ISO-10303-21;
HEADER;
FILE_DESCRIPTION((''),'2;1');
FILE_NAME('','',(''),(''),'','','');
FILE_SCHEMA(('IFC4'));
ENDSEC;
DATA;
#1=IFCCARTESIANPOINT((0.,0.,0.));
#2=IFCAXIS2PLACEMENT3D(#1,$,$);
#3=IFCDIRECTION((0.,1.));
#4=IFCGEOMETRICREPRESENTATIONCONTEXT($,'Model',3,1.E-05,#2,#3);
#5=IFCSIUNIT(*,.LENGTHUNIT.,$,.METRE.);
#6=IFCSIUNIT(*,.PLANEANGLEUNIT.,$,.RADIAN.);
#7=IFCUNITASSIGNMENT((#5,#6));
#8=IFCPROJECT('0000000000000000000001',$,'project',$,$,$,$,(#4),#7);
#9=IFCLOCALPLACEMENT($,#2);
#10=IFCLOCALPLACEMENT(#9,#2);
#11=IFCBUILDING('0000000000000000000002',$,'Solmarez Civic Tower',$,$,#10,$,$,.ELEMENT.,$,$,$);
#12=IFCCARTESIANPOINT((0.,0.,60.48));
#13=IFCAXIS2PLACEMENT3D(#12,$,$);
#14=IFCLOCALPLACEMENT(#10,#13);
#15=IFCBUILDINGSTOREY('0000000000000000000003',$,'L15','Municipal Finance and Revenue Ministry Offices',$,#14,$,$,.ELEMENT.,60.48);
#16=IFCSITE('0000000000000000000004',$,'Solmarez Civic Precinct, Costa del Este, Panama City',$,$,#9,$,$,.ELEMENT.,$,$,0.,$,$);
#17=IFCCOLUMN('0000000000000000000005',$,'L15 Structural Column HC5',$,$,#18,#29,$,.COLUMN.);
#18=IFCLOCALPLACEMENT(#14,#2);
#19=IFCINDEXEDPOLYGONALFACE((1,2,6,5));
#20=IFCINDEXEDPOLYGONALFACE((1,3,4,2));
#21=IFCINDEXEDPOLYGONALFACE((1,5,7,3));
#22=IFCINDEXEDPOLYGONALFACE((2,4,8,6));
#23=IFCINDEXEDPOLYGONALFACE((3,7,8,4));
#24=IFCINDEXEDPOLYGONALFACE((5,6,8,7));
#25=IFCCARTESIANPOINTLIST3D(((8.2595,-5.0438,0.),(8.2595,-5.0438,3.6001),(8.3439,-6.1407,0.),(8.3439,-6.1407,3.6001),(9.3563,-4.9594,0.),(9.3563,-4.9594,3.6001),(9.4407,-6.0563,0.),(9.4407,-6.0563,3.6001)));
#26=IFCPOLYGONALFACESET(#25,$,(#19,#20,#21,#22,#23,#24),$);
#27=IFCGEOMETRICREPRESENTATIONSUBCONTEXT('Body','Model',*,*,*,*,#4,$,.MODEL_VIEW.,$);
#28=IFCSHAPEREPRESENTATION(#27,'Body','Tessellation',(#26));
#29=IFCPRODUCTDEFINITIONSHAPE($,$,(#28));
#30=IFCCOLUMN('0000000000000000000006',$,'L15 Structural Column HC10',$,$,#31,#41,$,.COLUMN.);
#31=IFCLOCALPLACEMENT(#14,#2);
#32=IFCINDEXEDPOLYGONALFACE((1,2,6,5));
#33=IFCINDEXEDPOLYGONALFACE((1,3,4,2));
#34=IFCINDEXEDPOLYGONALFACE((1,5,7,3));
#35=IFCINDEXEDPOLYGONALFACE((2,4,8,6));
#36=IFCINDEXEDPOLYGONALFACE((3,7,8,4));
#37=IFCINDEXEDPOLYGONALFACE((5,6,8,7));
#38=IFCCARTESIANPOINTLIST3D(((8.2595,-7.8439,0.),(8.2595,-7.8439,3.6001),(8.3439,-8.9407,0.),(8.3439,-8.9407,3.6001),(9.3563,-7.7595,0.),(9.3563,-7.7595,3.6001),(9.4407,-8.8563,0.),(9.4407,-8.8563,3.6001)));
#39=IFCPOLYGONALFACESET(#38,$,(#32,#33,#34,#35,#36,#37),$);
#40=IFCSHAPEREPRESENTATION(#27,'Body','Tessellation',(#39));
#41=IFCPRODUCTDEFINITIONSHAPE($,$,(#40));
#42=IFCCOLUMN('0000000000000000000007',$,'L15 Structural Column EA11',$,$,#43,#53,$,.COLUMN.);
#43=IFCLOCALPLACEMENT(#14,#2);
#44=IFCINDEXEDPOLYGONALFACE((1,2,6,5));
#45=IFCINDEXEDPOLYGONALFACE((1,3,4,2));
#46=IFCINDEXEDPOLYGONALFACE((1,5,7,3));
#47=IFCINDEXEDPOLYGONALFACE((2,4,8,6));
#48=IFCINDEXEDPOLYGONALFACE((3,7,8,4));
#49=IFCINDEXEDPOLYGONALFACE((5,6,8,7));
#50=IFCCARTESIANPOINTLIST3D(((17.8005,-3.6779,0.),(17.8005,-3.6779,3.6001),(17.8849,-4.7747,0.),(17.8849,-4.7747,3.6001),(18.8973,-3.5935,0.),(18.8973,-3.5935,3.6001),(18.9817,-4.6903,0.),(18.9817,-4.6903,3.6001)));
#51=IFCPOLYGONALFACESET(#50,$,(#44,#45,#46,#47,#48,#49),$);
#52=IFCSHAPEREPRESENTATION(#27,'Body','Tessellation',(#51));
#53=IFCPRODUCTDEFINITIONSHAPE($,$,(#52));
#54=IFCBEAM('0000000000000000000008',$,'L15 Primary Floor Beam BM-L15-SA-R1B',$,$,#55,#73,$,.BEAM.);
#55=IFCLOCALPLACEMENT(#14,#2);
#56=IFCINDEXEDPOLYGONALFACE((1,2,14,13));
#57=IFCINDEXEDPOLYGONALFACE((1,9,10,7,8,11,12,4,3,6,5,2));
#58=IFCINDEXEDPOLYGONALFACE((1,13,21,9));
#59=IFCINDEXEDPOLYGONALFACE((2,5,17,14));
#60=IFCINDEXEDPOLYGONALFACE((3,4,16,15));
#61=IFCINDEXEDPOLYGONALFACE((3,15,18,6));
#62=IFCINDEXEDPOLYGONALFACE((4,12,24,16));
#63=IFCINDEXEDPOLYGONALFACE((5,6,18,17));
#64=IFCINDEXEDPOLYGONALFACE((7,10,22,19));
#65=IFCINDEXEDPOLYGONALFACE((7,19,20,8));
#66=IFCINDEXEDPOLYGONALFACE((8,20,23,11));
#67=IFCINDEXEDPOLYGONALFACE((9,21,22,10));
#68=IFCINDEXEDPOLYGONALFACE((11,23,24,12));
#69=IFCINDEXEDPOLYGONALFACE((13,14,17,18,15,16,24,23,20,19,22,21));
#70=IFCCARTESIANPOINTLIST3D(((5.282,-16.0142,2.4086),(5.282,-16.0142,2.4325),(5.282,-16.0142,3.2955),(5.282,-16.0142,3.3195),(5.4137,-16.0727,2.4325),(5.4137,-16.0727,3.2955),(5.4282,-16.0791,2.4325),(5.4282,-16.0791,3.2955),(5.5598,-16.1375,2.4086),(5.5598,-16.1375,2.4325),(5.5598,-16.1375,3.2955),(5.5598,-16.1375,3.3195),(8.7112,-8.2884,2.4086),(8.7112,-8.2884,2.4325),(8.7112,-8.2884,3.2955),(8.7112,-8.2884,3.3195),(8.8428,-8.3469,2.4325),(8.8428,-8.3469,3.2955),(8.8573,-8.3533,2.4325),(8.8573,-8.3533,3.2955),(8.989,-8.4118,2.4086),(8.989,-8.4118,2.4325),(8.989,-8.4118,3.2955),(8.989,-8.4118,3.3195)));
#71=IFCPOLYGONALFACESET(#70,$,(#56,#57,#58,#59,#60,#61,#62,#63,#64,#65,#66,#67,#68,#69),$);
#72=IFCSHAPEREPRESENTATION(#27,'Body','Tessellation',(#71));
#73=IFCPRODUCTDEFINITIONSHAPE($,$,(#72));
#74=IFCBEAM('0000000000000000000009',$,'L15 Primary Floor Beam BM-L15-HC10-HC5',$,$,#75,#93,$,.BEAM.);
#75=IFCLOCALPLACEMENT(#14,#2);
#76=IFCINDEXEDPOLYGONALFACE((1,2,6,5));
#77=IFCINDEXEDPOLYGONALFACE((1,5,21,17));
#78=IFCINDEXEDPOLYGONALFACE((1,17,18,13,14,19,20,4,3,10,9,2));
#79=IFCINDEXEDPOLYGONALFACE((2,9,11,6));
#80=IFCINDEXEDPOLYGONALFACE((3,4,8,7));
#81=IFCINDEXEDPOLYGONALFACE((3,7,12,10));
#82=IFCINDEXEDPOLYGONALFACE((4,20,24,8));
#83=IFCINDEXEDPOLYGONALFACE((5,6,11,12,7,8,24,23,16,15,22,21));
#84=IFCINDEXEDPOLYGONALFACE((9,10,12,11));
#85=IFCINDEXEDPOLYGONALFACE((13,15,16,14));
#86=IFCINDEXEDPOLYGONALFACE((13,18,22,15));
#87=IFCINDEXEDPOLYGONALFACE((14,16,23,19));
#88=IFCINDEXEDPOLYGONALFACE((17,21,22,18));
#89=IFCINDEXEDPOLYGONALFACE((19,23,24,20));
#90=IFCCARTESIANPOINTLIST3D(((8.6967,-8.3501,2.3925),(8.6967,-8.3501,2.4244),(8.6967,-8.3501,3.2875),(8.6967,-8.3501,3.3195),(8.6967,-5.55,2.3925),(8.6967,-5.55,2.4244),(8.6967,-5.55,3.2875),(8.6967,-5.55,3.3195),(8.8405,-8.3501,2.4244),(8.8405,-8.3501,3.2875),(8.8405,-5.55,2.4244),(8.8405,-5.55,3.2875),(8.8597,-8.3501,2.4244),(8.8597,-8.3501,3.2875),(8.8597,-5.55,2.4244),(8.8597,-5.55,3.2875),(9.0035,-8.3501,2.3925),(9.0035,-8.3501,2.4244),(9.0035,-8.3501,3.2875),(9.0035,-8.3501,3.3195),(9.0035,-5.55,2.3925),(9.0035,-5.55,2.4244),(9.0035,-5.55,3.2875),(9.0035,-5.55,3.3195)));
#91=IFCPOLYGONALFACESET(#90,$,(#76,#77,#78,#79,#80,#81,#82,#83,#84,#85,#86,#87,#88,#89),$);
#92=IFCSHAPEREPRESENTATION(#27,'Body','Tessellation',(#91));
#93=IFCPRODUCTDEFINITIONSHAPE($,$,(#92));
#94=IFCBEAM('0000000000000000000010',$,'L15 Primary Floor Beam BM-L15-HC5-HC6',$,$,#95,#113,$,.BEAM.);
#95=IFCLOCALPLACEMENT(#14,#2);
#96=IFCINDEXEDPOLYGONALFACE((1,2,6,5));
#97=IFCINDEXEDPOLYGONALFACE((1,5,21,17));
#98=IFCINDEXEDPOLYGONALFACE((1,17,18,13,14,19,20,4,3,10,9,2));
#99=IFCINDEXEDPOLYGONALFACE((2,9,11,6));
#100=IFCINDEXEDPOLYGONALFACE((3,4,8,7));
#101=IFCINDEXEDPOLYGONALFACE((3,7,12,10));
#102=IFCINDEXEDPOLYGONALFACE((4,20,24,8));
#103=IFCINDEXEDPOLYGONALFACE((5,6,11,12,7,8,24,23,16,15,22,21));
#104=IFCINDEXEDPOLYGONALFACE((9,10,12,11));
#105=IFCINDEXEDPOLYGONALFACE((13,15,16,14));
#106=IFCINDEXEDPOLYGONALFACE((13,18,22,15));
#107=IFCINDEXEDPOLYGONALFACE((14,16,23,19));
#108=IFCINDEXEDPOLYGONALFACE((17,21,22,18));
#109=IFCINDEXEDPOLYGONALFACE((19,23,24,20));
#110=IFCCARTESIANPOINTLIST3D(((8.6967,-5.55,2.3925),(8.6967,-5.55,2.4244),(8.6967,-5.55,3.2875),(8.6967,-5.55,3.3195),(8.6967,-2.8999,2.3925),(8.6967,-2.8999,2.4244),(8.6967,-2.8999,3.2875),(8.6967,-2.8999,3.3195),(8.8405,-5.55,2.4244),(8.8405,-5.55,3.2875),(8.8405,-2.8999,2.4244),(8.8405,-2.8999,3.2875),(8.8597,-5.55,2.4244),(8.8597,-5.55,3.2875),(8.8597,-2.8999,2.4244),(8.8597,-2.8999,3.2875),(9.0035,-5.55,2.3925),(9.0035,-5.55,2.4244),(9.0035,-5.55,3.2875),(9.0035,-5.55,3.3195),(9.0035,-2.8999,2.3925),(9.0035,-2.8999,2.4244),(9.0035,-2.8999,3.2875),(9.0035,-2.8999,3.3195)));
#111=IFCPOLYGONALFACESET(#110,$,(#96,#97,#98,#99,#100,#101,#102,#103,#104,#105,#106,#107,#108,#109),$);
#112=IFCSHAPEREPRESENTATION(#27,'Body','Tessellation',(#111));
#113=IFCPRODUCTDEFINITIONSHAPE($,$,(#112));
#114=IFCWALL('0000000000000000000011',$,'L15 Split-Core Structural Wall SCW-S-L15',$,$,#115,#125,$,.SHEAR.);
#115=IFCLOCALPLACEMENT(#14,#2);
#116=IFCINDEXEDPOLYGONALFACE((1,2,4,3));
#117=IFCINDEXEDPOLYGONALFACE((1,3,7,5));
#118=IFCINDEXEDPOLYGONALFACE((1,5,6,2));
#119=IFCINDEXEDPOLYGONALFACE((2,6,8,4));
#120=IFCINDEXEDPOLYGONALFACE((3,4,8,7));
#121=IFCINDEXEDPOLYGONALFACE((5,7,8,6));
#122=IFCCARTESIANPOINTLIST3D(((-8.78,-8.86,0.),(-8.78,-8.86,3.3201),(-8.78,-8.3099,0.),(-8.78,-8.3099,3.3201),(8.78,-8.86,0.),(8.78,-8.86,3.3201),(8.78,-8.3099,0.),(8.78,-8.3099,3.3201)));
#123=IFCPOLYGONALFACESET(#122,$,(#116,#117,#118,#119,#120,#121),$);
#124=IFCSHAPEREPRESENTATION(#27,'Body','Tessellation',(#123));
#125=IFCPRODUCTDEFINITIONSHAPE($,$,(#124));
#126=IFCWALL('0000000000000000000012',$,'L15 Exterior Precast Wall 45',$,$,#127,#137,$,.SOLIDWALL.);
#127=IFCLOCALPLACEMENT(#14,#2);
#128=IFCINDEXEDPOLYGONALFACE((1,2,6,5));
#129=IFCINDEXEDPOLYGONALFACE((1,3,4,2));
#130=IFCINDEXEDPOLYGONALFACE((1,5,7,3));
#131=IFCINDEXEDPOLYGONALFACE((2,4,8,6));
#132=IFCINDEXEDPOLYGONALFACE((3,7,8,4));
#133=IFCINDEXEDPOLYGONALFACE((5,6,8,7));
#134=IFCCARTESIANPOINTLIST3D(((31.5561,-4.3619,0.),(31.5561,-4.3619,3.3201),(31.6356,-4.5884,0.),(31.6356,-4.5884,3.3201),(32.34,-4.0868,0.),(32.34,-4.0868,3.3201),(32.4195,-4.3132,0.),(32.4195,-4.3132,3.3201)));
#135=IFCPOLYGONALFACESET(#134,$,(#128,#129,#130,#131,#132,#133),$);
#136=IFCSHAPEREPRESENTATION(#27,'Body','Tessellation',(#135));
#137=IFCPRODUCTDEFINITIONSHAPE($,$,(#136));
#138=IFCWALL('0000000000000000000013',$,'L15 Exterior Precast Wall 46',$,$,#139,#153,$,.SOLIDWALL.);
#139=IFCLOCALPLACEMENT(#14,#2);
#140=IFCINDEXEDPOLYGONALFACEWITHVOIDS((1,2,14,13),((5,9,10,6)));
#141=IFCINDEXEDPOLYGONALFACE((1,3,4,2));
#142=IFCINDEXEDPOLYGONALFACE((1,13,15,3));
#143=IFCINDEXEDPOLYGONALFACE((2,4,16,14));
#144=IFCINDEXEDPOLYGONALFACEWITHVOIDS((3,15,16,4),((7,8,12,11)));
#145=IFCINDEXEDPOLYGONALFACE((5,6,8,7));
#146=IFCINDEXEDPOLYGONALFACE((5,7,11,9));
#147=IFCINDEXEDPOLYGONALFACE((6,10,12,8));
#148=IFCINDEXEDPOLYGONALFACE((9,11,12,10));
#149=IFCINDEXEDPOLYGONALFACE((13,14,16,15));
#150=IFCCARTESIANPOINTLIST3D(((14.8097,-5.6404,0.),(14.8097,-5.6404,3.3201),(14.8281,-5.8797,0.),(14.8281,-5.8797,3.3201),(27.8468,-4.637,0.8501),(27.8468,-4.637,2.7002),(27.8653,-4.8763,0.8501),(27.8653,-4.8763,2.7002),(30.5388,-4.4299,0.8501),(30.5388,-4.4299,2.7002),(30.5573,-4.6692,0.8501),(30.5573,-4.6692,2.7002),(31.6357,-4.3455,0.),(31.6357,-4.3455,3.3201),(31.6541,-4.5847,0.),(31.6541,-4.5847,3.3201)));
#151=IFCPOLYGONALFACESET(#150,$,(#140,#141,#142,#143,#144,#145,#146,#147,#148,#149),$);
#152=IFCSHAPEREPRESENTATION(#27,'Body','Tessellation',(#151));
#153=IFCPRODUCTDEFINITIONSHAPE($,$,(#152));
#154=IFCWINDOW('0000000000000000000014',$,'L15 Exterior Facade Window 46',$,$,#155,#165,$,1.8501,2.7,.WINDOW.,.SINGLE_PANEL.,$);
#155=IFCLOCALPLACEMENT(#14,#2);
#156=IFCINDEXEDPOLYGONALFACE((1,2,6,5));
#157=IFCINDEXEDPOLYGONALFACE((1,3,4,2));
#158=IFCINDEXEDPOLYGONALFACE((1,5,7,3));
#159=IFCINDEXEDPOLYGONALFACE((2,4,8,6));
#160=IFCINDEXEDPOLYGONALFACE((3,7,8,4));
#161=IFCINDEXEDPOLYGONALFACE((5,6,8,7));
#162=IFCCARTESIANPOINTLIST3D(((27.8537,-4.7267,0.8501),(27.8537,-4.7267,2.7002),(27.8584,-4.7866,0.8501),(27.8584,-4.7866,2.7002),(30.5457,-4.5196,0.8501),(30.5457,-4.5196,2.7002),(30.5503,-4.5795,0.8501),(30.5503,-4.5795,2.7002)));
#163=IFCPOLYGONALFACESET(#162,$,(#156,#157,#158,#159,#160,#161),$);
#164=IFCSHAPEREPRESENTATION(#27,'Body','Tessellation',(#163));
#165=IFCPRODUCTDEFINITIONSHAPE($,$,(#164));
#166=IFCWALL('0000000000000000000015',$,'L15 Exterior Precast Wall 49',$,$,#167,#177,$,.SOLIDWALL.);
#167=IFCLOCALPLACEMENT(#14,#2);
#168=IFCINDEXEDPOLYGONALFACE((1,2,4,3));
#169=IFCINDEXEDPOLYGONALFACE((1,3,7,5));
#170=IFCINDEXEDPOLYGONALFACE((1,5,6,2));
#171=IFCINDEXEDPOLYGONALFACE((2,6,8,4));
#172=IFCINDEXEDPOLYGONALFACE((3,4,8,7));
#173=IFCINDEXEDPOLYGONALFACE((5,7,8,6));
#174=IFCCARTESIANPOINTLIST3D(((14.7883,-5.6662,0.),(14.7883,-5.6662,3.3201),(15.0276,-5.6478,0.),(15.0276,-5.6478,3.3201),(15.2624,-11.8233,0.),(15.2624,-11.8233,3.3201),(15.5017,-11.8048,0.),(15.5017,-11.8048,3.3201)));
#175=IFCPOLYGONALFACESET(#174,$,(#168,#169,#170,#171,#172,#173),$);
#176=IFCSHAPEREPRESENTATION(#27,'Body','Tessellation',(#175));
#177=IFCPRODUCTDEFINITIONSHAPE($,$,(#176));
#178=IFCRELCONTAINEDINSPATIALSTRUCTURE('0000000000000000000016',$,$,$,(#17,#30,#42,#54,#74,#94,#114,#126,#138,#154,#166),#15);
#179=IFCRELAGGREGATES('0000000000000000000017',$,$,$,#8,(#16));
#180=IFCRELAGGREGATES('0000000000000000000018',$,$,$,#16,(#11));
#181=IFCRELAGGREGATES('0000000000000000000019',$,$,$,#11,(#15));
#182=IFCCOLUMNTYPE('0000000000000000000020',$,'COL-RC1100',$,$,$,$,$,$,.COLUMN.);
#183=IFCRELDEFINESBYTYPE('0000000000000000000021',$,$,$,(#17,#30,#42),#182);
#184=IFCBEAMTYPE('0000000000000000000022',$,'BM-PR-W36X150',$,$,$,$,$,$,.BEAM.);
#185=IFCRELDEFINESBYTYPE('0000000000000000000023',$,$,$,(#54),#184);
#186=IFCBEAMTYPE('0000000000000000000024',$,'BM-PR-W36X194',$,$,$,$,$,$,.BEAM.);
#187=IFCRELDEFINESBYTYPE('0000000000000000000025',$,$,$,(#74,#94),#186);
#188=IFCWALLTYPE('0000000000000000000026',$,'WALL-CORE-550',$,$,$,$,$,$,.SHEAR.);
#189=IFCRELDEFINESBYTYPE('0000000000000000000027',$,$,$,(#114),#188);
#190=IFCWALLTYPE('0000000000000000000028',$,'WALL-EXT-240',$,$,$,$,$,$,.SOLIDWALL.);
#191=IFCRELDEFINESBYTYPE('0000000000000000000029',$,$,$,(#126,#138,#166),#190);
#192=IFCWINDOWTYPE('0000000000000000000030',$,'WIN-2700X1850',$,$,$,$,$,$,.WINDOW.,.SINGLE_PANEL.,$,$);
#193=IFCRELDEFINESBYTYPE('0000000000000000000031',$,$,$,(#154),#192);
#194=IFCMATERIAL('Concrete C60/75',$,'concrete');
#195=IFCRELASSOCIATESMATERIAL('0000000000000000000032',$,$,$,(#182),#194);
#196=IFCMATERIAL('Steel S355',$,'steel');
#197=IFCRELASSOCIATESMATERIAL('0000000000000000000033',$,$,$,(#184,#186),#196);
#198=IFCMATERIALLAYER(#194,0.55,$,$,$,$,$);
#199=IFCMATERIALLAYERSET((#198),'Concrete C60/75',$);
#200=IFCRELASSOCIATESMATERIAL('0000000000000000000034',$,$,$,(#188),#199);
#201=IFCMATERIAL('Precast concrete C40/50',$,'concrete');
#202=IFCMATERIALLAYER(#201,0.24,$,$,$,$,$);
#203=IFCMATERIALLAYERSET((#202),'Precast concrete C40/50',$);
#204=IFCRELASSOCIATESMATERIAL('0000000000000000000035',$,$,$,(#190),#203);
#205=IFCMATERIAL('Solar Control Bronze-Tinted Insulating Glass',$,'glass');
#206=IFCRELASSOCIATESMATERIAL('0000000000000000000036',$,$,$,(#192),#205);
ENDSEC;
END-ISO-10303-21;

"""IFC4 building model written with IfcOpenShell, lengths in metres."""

from ifc_helpers import new_model, si_unit, direction, frame, frame_2d, origin, origin_2d, place, context, subcontext, project, spatial, rectangle, i_section, extrude, material, layer, layer_set, material_profile, profile_set, type_object, element, fill, save


model = new_model("IFC4")

# Units and contexts
model_context = context("Model", 3, precision=1e-05, world=origin(), true_north=direction((0.0, 1.0)))
body_context = subcontext(model_context, "Body", "Model", "MODEL_VIEW")
ifc_project = project(units=[si_unit("LENGTHUNIT", "METRE"), si_unit("PLANEANGLEUNIT", "RADIAN")], contexts=[model_context])

# Site, building, storey
site_placement = place(None, origin())
site = spatial("IfcSite", under=ifc_project, at=site_placement, Name="Solmarez Civic Precinct, Costa del Este, Panama City", CompositionType="ELEMENT", RefElevation=0.0)
building_placement = place(site_placement, origin())
building = spatial("IfcBuilding", under=site, at=building_placement, Name="Solmarez Civic Tower", CompositionType="ELEMENT")
storey_placement = place(building_placement, frame((0.0, 0.0, 60.48)))
storey = spatial("IfcBuildingStorey", under=building, at=storey_placement, Name="L15", Description="Municipal Finance and Revenue Ministry Offices", CompositionType="ELEMENT", Elevation=60.48)

# Columns
ifc_material_1 = material(Name="Concrete C60/75", Category="concrete")
ifc_material_profile_1 = material_profile(ifc_material_1, rectangle(XDim=1.1001, YDim=1.1001, at=origin_2d()), Name="RC1100X1100")
ifc_profile_set_1 = profile_set([ifc_material_profile_1], Name="Concrete C60/75")
column_type = type_object("IfcColumnType", Name="COL-RC1100", PredefinedType="COLUMN", material=ifc_profile_set_1)
for number, where, z_axis, x_axis, name in (
    (1, (8.8501, -5.55, 0.0), (0.0, 0.0, 1.0), (0.997053, 0.076719, 0.0), "L15 Structural Column HC5"),
    (2, (8.8501, -8.3501, 0.0), (0.0, 0.0, 1.0), (0.997053, 0.076719, 0.0), "L15 Structural Column HC10"),
    (3, (18.3911, -4.1841, 0.0), (0.0, 0.0, 1.0), (0.997053, 0.076719, 0.0), "L15 Structural Column EA11"),
):
    element("IfcColumn", number, at=place(storey_placement, frame(where, z_axis=z_axis, x_axis=x_axis)), inside=storey, type_object=column_type, Name=name, PredefinedType="COLUMN", context=body_context, shape_type="SweptSolid", body=[
        extrude(rectangle(XDim=1.1001, YDim=1.1001, at=origin_2d()), origin(), (0.0, 0.0, 1.0), 3.6001),
    ])

# Beams
ifc_material_2 = material(Name="Steel S355", Category="steel")
ifc_material_profile_2 = material_profile(ifc_material_2, i_section(OverallWidth=0.304, OverallDepth=0.9109, WebThickness=0.0159, FlangeThickness=0.0239, at=origin_2d()), Name="W36X150")
ifc_profile_set_2 = profile_set([ifc_material_profile_2], Name="Steel S355")
beam_type_1 = type_object("IfcBeamType", Name="BM-PR-W36X150", PredefinedType="BEAM", material=ifc_profile_set_2)
beam_1_placement = place(storey_placement, frame((8.8501, -8.3501, 2.864), z_axis=(-0.405694, -0.914009, 0.0), x_axis=(0.914009, -0.405694, 0.0)))
element("IfcBeam", 4, at=beam_1_placement, inside=storey, type_object=beam_type_1, Name="L15 Primary Floor Beam BM-L15-SA-R1B", PredefinedType="BEAM", context=body_context, shape_type="SweptSolid", body=[
    extrude(i_section(OverallWidth=0.304, OverallDepth=0.9109, WebThickness=0.0159, FlangeThickness=0.0239, at=origin_2d()), origin(), (0.0, 0.0, 1.0), 8.4526),
])
ifc_material_profile_3 = material_profile(ifc_material_2, i_section(OverallWidth=0.3069, OverallDepth=0.927, WebThickness=0.0193, FlangeThickness=0.032, at=origin_2d()), Name="W36X194")
ifc_profile_set_3 = profile_set([ifc_material_profile_3], Name="Steel S355")
beam_type_2 = type_object("IfcBeamType", Name="BM-PR-W36X194", PredefinedType="BEAM", material=ifc_profile_set_3)
beam_2_placement = place(storey_placement, frame((8.8501, -8.3501, 2.856), z_axis=(0.0, 1.0, 0.0), x_axis=(-1.0, 0.0, 0.0)))
element("IfcBeam", 5, at=beam_2_placement, inside=storey, type_object=beam_type_2, Name="L15 Primary Floor Beam BM-L15-HC10-HC5", PredefinedType="BEAM", context=body_context, shape_type="SweptSolid", body=[
    extrude(i_section(OverallWidth=0.3069, OverallDepth=0.927, WebThickness=0.0193, FlangeThickness=0.032, at=origin_2d()), origin(), (0.0, 0.0, 1.0), 2.8),
])
beam_3_placement = place(storey_placement, frame((8.8501, -5.55, 2.856), z_axis=(0.0, 1.0, 0.0), x_axis=(-1.0, 0.0, 0.0)))
element("IfcBeam", 6, at=beam_3_placement, inside=storey, type_object=beam_type_2, Name="L15 Primary Floor Beam BM-L15-HC5-HC6", PredefinedType="BEAM", context=body_context, shape_type="SweptSolid", body=[
    extrude(i_section(OverallWidth=0.3069, OverallDepth=0.927, WebThickness=0.0193, FlangeThickness=0.032, at=origin_2d()), origin(), (0.0, 0.0, 1.0), 2.6501),
])

# Walls
ifc_layer_1 = layer(ifc_material_1, 0.55)
ifc_layer_set_1 = layer_set([ifc_layer_1], Name="Concrete C60/75")
wall_type_1 = type_object("IfcWallType", Name="WALL-CORE-550", PredefinedType="SHEAR", material=ifc_layer_set_1)
wall_1_placement = place(storey_placement, frame((8.78, -8.585, 0.0), z_axis=(0.0, 0.0, 1.0), x_axis=(-1.0, 0.0, 0.0)))
element("IfcWall", 7, at=wall_1_placement, inside=storey, type_object=wall_type_1, Name="L15 Split-Core Structural Wall SCW-S-L15", PredefinedType="SHEAR", context=body_context, shape_type="SweptSolid", body=[
    extrude(rectangle(XDim=17.5601, YDim=0.55, at=frame_2d((8.78, 0.0))), origin(), (0.0, 0.0, 1.0), 3.3201),
])
ifc_material_3 = material(Name="Precast concrete C40/50", Category="concrete")
ifc_layer_2 = layer(ifc_material_3, 0.24)
ifc_layer_set_2 = layer_set([ifc_layer_2], Name="Precast concrete C40/50")
wall_type_2 = type_object("IfcWallType", Name="WALL-EXT-240", PredefinedType="SOLIDWALL", material=ifc_layer_set_2)
wall_2_placement = place(storey_placement, frame((32.3799, -4.2, 0.0), z_axis=(0.0, 0.0, 1.0), x_axis=(-0.943569, -0.331175, 0.0)))
element("IfcWall", 8, at=wall_2_placement, inside=storey, type_object=wall_type_2, Name="L15 Exterior Precast Wall 45", PredefinedType="SOLIDWALL", context=body_context, shape_type="SweptSolid", body=[
    extrude(rectangle(XDim=0.8308, YDim=0.24, at=frame_2d((0.4155, 0.0))), origin(), (0.0, 0.0, 1.0), 3.3201),
])

# Wall, opening, window
wall_3_placement = place(storey_placement, frame((31.645, -4.4651, 0.0), z_axis=(0.0, 0.0, 1.0), x_axis=(-0.997052, -0.076733, 0.0)))
wall_3 = element("IfcWall", 9, at=wall_3_placement, inside=storey, type_object=wall_type_2, Name="L15 Exterior Precast Wall 46", PredefinedType="SOLIDWALL", context=body_context, shape_type="SweptSolid", body=[
    extrude(rectangle(XDim=16.8757, YDim=0.24, at=frame_2d((8.438, 0.0))), origin(), (0.0, 0.0, 1.0), 3.3201),
])
opening_placement = place(wall_3_placement, frame((1.1001, 0.0, 0.8501)))
opening = element("IfcOpeningElement", 10, at=opening_placement, cuts=wall_3, PredefinedType="OPENING", context=body_context, shape_type="SweptSolid", body=[
    extrude(rectangle(XDim=2.7, YDim=1.8501, at=frame_2d((1.3501, 0.925))), frame((0.0, 0.1299, 0.0), z_axis=(0.0, -1.0, 0.0), x_axis=(1.0, 0.0, 0.0)), (0.0, 0.0, 1.0), 0.26),
])
ifc_material_4 = material(Name="Solar Control Bronze-Tinted Insulating Glass", Category="glass")
window_type = type_object("IfcWindowType", Name="WIN-2700X1850", PartitioningType="SINGLE_PANEL", PredefinedType="WINDOW", material=ifc_material_4)
window_placement = place(opening_placement, origin())
window = element("IfcWindow", 11, at=window_placement, inside=storey, type_object=window_type, Name="L15 Exterior Facade Window 46", OverallHeight=1.8501, OverallWidth=2.7, PartitioningType="SINGLE_PANEL", PredefinedType="WINDOW", context=body_context, shape_type="SweptSolid", body=[
    extrude(rectangle(XDim=2.7, YDim=1.8501, at=frame_2d((1.3501, 0.925))), frame((0.0, 0.03, 0.0), z_axis=(0.0, -1.0, 0.0), x_axis=(1.0, 0.0, 0.0)), (0.0, 0.0, 1.0), 0.0601),
])
fill(opening, window)

# Wall
wall_4_placement = place(storey_placement, frame((14.908, -5.657, 0.0), z_axis=(0.0, 0.0, 1.0), x_axis=(0.076778, -0.997048, 0.0)))
element("IfcWall", 12, at=wall_4_placement, inside=storey, type_object=wall_type_2, Name="L15 Exterior Precast Wall 49", PredefinedType="SOLIDWALL", context=body_context, shape_type="SweptSolid", body=[
    extrude(rectangle(XDim=6.1753, YDim=0.24, at=frame_2d((3.0876, 0.0))), origin(), (0.0, 0.0, 1.0), 3.3201),
])

save(model, "model.ifc")
